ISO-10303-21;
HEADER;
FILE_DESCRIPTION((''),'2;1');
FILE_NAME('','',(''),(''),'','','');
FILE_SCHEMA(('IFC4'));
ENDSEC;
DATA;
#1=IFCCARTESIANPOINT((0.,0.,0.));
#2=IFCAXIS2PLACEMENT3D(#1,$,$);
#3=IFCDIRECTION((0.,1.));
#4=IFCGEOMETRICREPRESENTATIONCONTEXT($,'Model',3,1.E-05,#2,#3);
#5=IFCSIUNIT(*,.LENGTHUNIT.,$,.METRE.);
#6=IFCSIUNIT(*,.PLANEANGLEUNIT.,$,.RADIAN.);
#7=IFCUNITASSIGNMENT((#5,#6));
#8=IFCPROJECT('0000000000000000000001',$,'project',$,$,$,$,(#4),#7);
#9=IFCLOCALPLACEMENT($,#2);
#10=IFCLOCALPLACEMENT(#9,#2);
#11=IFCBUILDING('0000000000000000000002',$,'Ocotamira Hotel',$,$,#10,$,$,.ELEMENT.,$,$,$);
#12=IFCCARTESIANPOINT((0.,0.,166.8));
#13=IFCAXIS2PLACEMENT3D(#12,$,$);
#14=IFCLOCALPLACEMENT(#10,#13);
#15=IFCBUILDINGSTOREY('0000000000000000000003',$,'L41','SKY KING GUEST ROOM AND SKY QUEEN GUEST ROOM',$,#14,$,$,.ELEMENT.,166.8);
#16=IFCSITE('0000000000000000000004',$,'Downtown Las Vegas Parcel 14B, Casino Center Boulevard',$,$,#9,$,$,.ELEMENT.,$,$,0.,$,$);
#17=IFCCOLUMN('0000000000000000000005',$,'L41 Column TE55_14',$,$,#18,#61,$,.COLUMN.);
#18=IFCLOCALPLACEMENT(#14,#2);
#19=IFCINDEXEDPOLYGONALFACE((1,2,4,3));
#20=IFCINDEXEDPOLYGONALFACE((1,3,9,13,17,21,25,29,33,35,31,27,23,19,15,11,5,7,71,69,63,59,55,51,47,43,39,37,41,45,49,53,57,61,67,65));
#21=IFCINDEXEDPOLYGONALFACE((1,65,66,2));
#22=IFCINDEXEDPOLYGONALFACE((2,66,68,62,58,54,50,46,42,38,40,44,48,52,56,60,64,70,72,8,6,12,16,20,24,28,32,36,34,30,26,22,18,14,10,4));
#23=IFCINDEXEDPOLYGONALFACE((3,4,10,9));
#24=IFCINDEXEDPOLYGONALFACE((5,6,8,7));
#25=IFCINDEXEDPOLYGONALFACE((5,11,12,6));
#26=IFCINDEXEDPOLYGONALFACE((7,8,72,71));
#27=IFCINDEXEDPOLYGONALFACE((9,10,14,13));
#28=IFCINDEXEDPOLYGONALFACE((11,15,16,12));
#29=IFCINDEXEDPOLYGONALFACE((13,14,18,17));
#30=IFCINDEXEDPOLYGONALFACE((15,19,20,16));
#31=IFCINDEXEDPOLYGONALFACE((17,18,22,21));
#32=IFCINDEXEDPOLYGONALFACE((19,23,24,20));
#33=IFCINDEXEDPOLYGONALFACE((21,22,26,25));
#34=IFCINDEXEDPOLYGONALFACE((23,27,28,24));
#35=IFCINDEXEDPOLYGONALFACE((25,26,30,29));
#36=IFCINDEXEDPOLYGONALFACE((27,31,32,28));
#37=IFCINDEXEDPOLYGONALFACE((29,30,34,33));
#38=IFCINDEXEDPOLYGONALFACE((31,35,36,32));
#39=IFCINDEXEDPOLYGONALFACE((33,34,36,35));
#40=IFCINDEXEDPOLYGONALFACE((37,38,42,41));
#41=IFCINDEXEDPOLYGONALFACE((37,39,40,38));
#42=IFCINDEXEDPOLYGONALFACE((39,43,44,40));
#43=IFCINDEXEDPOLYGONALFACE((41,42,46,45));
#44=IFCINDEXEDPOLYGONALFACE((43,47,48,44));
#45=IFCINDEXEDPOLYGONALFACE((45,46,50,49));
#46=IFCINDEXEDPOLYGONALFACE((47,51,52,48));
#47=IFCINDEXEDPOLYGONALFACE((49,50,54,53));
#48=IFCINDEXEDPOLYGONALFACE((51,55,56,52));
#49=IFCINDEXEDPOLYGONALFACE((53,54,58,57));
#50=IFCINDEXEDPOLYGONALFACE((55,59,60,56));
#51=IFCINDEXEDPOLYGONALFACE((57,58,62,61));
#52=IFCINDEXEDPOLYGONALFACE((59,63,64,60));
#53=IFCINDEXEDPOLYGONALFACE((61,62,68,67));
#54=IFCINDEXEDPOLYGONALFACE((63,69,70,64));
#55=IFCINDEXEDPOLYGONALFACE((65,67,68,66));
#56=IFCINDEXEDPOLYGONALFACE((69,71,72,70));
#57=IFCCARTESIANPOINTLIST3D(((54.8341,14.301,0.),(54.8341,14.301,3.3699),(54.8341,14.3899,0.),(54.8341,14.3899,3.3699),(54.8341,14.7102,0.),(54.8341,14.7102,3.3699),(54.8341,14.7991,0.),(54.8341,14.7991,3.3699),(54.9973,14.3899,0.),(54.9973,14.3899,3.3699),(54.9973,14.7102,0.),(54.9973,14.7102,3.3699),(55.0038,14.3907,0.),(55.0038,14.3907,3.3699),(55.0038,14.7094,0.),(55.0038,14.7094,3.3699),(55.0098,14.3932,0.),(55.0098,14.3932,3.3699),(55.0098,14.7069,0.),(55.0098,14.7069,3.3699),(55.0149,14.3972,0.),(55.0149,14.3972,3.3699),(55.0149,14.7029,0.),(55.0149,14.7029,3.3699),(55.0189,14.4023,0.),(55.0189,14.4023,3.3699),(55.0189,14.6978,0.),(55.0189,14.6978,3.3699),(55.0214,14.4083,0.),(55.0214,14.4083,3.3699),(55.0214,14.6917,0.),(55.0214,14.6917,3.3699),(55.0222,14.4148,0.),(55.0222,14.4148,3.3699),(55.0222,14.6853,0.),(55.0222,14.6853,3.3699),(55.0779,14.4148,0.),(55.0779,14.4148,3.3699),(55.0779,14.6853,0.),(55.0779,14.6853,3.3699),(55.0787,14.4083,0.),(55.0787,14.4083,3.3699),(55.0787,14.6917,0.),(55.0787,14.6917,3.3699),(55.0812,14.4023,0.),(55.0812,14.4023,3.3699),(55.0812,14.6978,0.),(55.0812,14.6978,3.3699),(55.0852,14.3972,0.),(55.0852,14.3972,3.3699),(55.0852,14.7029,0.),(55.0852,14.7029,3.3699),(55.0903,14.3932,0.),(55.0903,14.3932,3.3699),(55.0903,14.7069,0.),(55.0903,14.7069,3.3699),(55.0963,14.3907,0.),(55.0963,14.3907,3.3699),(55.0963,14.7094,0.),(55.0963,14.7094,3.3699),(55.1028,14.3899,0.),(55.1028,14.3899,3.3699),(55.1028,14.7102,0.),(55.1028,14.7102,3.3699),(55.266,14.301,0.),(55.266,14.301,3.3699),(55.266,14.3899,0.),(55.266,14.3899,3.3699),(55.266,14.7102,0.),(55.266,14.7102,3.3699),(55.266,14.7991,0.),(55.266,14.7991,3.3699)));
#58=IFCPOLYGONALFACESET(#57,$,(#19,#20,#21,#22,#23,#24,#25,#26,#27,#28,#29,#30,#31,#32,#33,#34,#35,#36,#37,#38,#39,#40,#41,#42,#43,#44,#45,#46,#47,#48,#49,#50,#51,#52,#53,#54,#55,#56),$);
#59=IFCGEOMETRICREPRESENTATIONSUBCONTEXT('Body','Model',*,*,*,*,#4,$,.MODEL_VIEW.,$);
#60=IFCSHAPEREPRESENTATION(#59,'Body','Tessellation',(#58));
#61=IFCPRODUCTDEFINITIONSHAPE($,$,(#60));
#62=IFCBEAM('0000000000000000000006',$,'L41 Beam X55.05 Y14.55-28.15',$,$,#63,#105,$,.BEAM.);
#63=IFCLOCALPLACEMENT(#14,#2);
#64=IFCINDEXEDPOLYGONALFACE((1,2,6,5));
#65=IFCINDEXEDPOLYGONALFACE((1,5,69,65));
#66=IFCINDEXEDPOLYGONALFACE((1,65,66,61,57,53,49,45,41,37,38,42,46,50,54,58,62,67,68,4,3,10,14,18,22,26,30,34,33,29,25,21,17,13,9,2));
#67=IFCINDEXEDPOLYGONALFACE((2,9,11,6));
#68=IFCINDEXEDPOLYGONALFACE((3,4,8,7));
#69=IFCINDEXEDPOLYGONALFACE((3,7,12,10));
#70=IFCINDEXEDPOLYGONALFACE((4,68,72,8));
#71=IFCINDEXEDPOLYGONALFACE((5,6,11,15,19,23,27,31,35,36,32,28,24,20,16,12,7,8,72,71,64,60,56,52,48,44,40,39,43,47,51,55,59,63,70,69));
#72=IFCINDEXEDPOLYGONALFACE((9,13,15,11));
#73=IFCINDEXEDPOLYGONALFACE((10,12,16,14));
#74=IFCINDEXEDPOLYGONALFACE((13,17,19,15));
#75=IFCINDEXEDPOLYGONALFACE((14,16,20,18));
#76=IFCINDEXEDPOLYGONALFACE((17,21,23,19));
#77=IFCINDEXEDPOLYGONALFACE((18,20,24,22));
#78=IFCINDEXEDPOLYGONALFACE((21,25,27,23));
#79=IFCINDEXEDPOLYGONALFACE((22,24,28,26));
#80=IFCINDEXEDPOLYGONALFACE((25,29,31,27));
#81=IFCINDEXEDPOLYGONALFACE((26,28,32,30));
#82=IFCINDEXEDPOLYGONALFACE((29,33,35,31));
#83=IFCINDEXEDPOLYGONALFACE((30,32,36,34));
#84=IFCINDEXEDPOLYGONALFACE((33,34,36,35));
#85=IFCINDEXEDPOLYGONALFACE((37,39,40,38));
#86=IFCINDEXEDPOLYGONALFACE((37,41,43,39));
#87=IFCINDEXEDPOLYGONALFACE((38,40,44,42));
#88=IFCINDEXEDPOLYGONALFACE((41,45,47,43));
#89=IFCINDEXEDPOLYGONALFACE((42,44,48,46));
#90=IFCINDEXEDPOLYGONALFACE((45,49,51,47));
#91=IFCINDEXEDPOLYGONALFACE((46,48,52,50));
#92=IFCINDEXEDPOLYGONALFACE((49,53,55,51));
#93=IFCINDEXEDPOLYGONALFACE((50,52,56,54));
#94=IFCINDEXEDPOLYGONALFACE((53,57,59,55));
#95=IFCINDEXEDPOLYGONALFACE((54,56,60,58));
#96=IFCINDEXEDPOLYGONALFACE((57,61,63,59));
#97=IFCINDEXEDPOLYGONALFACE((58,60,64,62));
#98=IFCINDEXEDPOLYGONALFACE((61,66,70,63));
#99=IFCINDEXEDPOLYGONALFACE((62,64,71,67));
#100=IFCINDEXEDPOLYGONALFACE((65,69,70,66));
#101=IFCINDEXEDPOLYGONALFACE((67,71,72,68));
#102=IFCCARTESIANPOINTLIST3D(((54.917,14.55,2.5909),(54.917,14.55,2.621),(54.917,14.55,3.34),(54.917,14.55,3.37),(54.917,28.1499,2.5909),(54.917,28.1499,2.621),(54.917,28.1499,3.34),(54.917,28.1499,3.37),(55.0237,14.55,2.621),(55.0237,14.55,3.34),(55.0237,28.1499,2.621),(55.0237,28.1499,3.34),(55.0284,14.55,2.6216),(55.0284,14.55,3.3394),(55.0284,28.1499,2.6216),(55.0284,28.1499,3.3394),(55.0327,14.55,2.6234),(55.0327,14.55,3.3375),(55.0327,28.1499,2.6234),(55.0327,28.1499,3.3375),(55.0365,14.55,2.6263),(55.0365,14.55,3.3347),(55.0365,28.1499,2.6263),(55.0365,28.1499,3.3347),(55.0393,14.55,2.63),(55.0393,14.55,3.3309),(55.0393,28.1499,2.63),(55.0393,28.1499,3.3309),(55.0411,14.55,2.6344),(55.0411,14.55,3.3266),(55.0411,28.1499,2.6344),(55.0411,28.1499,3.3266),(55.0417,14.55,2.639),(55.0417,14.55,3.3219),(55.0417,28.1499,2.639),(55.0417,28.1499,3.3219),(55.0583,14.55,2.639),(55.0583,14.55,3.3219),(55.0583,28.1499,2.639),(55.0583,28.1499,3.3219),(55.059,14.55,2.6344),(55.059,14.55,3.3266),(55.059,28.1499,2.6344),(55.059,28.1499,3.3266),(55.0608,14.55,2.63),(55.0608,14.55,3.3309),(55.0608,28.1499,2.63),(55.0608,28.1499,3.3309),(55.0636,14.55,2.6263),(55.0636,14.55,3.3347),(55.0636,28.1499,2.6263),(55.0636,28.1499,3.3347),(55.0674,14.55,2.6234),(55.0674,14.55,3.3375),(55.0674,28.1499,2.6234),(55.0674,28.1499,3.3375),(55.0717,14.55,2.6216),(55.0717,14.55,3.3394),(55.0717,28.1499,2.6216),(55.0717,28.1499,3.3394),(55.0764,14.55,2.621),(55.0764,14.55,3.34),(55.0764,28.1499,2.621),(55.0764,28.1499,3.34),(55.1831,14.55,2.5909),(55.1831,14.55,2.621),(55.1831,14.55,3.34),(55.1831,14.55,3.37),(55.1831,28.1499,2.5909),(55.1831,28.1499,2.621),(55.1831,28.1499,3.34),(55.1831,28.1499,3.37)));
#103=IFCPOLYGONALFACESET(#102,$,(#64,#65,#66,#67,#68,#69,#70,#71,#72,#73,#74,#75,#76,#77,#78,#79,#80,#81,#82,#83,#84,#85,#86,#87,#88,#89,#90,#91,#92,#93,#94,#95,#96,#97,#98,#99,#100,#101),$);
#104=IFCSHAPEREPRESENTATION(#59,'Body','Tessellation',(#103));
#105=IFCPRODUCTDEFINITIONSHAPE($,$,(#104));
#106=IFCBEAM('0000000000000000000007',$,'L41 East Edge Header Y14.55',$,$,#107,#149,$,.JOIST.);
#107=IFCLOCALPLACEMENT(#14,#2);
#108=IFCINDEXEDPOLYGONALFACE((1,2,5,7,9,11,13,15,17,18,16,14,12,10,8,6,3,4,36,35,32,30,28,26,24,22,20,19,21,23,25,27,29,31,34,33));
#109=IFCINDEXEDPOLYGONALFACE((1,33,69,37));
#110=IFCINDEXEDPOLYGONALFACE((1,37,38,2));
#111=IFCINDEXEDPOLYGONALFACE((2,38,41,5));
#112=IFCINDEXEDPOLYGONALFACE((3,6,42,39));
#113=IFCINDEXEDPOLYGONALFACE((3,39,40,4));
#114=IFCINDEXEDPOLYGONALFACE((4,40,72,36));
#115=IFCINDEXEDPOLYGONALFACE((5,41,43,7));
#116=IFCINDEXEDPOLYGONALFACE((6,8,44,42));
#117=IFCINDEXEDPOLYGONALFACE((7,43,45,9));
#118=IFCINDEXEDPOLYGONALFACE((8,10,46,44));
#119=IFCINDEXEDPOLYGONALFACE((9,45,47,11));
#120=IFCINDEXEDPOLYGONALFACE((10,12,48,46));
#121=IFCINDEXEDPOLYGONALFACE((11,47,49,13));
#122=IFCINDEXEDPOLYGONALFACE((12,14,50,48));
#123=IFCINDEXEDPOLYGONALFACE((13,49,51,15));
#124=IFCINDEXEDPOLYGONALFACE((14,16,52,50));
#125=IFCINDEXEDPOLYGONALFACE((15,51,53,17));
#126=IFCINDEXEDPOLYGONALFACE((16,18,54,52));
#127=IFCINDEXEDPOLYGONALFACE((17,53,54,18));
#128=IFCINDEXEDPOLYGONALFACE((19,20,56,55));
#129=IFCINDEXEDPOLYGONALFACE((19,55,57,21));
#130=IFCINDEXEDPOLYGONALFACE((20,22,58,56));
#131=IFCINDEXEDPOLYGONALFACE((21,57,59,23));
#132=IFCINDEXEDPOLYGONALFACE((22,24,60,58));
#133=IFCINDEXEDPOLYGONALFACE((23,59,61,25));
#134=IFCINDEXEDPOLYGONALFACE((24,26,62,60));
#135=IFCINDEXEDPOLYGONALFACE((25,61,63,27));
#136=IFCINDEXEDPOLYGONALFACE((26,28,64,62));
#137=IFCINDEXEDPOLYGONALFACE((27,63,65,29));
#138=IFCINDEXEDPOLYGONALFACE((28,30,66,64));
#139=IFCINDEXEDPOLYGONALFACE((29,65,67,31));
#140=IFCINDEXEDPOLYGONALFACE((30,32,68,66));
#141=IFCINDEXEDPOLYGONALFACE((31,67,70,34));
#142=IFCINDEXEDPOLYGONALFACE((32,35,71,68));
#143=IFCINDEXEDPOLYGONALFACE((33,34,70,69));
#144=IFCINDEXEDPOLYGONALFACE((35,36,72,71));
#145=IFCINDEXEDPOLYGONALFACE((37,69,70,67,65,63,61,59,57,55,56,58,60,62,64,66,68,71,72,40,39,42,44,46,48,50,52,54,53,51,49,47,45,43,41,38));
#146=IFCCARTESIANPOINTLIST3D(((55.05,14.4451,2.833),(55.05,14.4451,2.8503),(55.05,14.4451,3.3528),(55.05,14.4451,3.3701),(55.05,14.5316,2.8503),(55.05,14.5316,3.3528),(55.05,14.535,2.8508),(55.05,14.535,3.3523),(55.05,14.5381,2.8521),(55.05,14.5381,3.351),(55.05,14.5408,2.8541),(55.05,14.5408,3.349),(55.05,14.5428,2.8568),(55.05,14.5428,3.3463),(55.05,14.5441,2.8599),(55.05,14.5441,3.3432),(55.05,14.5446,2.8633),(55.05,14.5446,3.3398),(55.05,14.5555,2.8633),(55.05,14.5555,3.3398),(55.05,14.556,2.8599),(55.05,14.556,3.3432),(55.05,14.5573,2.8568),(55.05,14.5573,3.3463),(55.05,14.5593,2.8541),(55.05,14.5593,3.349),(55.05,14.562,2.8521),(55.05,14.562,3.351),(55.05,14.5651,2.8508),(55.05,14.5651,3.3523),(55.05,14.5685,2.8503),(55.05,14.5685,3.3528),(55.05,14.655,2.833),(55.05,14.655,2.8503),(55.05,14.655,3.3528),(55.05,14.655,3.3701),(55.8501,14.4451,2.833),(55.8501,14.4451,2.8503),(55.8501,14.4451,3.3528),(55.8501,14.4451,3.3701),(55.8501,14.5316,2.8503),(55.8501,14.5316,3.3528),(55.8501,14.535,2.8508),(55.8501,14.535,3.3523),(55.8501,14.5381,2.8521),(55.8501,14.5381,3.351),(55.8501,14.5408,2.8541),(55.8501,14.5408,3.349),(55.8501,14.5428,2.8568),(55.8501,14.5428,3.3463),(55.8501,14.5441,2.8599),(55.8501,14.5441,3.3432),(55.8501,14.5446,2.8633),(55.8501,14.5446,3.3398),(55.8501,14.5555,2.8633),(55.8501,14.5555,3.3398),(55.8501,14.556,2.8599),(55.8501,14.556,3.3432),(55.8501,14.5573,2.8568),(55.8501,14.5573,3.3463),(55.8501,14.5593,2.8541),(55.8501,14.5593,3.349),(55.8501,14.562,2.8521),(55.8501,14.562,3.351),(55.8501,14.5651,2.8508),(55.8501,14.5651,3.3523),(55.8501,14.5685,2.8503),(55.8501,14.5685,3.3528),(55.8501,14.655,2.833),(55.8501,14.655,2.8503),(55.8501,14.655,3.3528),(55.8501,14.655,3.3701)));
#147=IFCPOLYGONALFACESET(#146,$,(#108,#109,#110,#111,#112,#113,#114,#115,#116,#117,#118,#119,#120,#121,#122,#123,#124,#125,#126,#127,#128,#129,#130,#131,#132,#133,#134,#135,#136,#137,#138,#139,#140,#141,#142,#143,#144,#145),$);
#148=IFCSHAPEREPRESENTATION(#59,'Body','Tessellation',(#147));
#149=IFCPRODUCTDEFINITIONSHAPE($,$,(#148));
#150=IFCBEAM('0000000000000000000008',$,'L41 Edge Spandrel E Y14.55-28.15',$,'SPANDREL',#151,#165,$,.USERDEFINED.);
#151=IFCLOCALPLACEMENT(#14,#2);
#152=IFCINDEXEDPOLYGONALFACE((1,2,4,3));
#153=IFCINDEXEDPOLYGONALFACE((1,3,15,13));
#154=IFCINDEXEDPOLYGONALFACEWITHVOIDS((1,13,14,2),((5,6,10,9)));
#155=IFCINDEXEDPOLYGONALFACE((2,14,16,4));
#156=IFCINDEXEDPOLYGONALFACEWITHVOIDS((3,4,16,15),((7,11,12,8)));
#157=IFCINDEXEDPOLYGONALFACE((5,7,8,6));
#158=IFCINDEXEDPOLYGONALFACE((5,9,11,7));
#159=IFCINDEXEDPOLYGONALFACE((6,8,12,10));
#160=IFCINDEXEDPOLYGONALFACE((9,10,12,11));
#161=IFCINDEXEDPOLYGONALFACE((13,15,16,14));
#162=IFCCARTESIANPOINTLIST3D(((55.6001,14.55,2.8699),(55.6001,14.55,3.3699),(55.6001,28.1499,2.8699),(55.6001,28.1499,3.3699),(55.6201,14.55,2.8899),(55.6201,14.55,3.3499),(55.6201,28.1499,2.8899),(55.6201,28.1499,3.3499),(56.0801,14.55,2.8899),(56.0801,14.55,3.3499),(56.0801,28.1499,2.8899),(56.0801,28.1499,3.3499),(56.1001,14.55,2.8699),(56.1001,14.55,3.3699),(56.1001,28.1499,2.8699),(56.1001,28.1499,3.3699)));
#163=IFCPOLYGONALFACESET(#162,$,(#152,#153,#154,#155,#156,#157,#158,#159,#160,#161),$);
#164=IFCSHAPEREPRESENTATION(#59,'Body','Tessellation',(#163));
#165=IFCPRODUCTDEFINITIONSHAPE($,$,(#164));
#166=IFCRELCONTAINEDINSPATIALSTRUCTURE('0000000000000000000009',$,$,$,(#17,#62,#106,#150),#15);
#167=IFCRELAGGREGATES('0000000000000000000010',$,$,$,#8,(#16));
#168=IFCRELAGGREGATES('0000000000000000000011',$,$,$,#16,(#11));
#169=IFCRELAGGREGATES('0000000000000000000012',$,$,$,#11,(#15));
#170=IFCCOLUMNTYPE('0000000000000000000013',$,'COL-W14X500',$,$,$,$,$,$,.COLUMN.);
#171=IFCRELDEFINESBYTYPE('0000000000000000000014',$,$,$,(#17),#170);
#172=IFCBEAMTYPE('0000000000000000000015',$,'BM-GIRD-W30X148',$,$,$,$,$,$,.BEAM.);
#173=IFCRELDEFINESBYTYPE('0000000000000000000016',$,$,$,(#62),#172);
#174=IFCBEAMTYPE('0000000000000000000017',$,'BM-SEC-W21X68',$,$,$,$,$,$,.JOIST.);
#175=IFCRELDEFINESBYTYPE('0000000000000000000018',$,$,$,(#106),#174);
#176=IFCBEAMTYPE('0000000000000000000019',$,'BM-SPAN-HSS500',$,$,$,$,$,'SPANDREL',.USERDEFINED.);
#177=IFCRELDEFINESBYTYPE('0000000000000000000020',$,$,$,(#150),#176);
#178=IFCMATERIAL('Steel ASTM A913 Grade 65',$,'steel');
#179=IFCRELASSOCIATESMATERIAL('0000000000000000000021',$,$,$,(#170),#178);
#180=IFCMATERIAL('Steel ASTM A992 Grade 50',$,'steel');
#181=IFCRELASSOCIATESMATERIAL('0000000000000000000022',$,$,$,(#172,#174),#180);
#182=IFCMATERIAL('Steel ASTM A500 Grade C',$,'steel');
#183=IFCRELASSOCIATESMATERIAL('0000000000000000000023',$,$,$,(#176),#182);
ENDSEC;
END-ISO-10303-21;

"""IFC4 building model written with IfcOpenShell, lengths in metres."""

from ifc_helpers import new_model, si_unit, direction, frame, origin, origin_2d, place, context, subcontext, project, spatial, hollow_rectangle, i_section, extrude, source, transform, mapped, material, material_profile, profile_set, type_object, element, save


model = new_model("IFC4")

# Units and contexts
model_context = context("Model", 3, precision=1e-05, world=origin(), true_north=direction((0.0, 1.0)))
body_context = subcontext(model_context, "Body", "Model", "MODEL_VIEW")
ifc_project = project(units=[si_unit("LENGTHUNIT", "METRE"), si_unit("PLANEANGLEUNIT", "RADIAN")], contexts=[model_context])

# Site, building, storey
site_placement = place(None, origin())
site = spatial("IfcSite", under=ifc_project, at=site_placement, Name="Downtown Las Vegas Parcel 14B, Casino Center Boulevard", CompositionType="ELEMENT", RefElevation=0.0)
building_placement = place(site_placement, origin())
building = spatial("IfcBuilding", under=site, at=building_placement, Name="Ocotamira Hotel", CompositionType="ELEMENT")
storey_placement = place(building_placement, frame((0.0, 0.0, 166.8)))
storey = spatial("IfcBuildingStorey", under=building, at=storey_placement, Name="L41", Description="SKY KING GUEST ROOM AND SKY QUEEN GUEST ROOM", CompositionType="ELEMENT", Elevation=166.8)

# Column
ifc_material_1 = material(Name="Steel ASTM A913 Grade 65", Category="steel")
ifc_material_profile_1 = material_profile(ifc_material_1, i_section(OverallWidth=0.4319, OverallDepth=0.498, WebThickness=0.0557, FlangeThickness=0.0889, FilletRadius=0.0249, at=origin_2d()), Name="W14X500")
ifc_profile_set_1 = profile_set([ifc_material_profile_1], Name="Steel ASTM A913 Grade 65")
column_type = type_object("IfcColumnType", Name="COL-W14X500", PredefinedType="COLUMN", material=ifc_profile_set_1)
shared_shape_1 = source(origin(), body_context, "Body", "SweptSolid", [
    extrude(i_section(OverallWidth=0.4319, OverallDepth=0.498, WebThickness=0.0557, FlangeThickness=0.0889, FilletRadius=0.0249, at=origin_2d()), origin(), (0.0, 0.0, 1.0), 3.3699),
])
column_placement = place(storey_placement, frame((55.05, 14.55, 0.0), z_axis=(0.0, 0.0, 1.0), x_axis=(1.0, 0.0, 0.0)))
element("IfcColumn", 1, at=column_placement, inside=storey, type_object=column_type, Name="L41 Column TE55_14", PredefinedType="COLUMN", context=body_context, shape_type="MappedRepresentation", body=[
    mapped(shared_shape_1, transform((0.0, 0.0, 0.0), scale=1.0)),
])

# Beams
ifc_material_2 = material(Name="Steel ASTM A992 Grade 50", Category="steel")
ifc_material_profile_2 = material_profile(ifc_material_2, i_section(OverallWidth=0.2661, OverallDepth=0.7791, WebThickness=0.0166, FlangeThickness=0.03, FilletRadius=0.0181, at=origin_2d()), Name="W30X148")
ifc_profile_set_2 = profile_set([ifc_material_profile_2], Name="Steel ASTM A992 Grade 50")
beam_type_1 = type_object("IfcBeamType", Name="BM-GIRD-W30X148", PredefinedType="BEAM", material=ifc_profile_set_2)
shared_shape_2 = source(origin(), body_context, "Body", "SweptSolid", [
    extrude(i_section(OverallWidth=0.2661, OverallDepth=0.7791, WebThickness=0.0166, FlangeThickness=0.03, FilletRadius=0.0181, at=origin_2d()), origin(), (0.0, 0.0, 1.0), 13.5999),
])
beam_1_placement = place(storey_placement, frame((55.05, 14.55, 2.9805), z_axis=(0.0, 1.0, 0.0), x_axis=(-1.0, 0.0, 0.0)))
element("IfcBeam", 2, at=beam_1_placement, inside=storey, type_object=beam_type_1, Name="L41 Beam X55.05 Y14.55-28.15", PredefinedType="BEAM", context=body_context, shape_type="MappedRepresentation", body=[
    mapped(shared_shape_2, transform((0.0, 0.0, 0.0), scale=1.0)),
])
ifc_material_profile_3 = material_profile(ifc_material_2, i_section(OverallWidth=0.21, OverallDepth=0.5371, WebThickness=0.011, FlangeThickness=0.0173, FilletRadius=0.0129, at=origin_2d()), Name="W21X68")
ifc_profile_set_3 = profile_set([ifc_material_profile_3], Name="Steel ASTM A992 Grade 50")
beam_type_2 = type_object("IfcBeamType", Name="BM-SEC-W21X68", PredefinedType="JOIST", material=ifc_profile_set_3)
shared_shape_3 = source(origin(), body_context, "Body", "SweptSolid", [
    extrude(i_section(OverallWidth=0.21, OverallDepth=0.5371, WebThickness=0.011, FlangeThickness=0.0173, FilletRadius=0.0129, at=origin_2d()), origin(), (0.0, 0.0, 1.0), 0.8),
])
beam_2_placement = place(storey_placement, frame((55.05, 14.55, 3.1016), z_axis=(1.0, 0.0, 0.0), x_axis=(0.0, 1.0, 0.0)))
element("IfcBeam", 3, at=beam_2_placement, inside=storey, type_object=beam_type_2, Name="L41 East Edge Header Y14.55", PredefinedType="JOIST", context=body_context, shape_type="MappedRepresentation", body=[
    mapped(shared_shape_3, transform((0.0, 0.0, 0.0), scale=1.0)),
])
ifc_material_3 = material(Name="Steel ASTM A500 Grade C", Category="steel")
ifc_material_profile_4 = material_profile(ifc_material_3, hollow_rectangle(XDim=0.5, YDim=0.5, WallThickness=0.02, at=origin_2d()), Name="HSS500X500X20")
ifc_profile_set_4 = profile_set([ifc_material_profile_4], Name="Steel ASTM A500 Grade C")
beam_type_3 = type_object("IfcBeamType", Name="BM-SPAN-HSS500", ElementType="SPANDREL", PredefinedType="USERDEFINED", material=ifc_profile_set_4)
shared_shape_4 = source(origin(), body_context, "Body", "SweptSolid", [
    extrude(hollow_rectangle(XDim=0.5, YDim=0.5, WallThickness=0.02, at=origin_2d()), origin(), (0.0, 0.0, 1.0), 13.5999),
])
beam_3_placement = place(storey_placement, frame((55.8501, 14.55, 3.1199), z_axis=(0.0, 1.0, 0.0), x_axis=(-1.0, 0.0, 0.0)))
element("IfcBeam", 4, at=beam_3_placement, inside=storey, type_object=beam_type_3, Name="L41 Edge Spandrel E Y14.55-28.15", ObjectType="SPANDREL", PredefinedType="USERDEFINED", context=body_context, shape_type="MappedRepresentation", body=[
    mapped(shared_shape_4, transform((0.0, 0.0, 0.0), scale=1.0)),
])

save(model, "model.ifc")
